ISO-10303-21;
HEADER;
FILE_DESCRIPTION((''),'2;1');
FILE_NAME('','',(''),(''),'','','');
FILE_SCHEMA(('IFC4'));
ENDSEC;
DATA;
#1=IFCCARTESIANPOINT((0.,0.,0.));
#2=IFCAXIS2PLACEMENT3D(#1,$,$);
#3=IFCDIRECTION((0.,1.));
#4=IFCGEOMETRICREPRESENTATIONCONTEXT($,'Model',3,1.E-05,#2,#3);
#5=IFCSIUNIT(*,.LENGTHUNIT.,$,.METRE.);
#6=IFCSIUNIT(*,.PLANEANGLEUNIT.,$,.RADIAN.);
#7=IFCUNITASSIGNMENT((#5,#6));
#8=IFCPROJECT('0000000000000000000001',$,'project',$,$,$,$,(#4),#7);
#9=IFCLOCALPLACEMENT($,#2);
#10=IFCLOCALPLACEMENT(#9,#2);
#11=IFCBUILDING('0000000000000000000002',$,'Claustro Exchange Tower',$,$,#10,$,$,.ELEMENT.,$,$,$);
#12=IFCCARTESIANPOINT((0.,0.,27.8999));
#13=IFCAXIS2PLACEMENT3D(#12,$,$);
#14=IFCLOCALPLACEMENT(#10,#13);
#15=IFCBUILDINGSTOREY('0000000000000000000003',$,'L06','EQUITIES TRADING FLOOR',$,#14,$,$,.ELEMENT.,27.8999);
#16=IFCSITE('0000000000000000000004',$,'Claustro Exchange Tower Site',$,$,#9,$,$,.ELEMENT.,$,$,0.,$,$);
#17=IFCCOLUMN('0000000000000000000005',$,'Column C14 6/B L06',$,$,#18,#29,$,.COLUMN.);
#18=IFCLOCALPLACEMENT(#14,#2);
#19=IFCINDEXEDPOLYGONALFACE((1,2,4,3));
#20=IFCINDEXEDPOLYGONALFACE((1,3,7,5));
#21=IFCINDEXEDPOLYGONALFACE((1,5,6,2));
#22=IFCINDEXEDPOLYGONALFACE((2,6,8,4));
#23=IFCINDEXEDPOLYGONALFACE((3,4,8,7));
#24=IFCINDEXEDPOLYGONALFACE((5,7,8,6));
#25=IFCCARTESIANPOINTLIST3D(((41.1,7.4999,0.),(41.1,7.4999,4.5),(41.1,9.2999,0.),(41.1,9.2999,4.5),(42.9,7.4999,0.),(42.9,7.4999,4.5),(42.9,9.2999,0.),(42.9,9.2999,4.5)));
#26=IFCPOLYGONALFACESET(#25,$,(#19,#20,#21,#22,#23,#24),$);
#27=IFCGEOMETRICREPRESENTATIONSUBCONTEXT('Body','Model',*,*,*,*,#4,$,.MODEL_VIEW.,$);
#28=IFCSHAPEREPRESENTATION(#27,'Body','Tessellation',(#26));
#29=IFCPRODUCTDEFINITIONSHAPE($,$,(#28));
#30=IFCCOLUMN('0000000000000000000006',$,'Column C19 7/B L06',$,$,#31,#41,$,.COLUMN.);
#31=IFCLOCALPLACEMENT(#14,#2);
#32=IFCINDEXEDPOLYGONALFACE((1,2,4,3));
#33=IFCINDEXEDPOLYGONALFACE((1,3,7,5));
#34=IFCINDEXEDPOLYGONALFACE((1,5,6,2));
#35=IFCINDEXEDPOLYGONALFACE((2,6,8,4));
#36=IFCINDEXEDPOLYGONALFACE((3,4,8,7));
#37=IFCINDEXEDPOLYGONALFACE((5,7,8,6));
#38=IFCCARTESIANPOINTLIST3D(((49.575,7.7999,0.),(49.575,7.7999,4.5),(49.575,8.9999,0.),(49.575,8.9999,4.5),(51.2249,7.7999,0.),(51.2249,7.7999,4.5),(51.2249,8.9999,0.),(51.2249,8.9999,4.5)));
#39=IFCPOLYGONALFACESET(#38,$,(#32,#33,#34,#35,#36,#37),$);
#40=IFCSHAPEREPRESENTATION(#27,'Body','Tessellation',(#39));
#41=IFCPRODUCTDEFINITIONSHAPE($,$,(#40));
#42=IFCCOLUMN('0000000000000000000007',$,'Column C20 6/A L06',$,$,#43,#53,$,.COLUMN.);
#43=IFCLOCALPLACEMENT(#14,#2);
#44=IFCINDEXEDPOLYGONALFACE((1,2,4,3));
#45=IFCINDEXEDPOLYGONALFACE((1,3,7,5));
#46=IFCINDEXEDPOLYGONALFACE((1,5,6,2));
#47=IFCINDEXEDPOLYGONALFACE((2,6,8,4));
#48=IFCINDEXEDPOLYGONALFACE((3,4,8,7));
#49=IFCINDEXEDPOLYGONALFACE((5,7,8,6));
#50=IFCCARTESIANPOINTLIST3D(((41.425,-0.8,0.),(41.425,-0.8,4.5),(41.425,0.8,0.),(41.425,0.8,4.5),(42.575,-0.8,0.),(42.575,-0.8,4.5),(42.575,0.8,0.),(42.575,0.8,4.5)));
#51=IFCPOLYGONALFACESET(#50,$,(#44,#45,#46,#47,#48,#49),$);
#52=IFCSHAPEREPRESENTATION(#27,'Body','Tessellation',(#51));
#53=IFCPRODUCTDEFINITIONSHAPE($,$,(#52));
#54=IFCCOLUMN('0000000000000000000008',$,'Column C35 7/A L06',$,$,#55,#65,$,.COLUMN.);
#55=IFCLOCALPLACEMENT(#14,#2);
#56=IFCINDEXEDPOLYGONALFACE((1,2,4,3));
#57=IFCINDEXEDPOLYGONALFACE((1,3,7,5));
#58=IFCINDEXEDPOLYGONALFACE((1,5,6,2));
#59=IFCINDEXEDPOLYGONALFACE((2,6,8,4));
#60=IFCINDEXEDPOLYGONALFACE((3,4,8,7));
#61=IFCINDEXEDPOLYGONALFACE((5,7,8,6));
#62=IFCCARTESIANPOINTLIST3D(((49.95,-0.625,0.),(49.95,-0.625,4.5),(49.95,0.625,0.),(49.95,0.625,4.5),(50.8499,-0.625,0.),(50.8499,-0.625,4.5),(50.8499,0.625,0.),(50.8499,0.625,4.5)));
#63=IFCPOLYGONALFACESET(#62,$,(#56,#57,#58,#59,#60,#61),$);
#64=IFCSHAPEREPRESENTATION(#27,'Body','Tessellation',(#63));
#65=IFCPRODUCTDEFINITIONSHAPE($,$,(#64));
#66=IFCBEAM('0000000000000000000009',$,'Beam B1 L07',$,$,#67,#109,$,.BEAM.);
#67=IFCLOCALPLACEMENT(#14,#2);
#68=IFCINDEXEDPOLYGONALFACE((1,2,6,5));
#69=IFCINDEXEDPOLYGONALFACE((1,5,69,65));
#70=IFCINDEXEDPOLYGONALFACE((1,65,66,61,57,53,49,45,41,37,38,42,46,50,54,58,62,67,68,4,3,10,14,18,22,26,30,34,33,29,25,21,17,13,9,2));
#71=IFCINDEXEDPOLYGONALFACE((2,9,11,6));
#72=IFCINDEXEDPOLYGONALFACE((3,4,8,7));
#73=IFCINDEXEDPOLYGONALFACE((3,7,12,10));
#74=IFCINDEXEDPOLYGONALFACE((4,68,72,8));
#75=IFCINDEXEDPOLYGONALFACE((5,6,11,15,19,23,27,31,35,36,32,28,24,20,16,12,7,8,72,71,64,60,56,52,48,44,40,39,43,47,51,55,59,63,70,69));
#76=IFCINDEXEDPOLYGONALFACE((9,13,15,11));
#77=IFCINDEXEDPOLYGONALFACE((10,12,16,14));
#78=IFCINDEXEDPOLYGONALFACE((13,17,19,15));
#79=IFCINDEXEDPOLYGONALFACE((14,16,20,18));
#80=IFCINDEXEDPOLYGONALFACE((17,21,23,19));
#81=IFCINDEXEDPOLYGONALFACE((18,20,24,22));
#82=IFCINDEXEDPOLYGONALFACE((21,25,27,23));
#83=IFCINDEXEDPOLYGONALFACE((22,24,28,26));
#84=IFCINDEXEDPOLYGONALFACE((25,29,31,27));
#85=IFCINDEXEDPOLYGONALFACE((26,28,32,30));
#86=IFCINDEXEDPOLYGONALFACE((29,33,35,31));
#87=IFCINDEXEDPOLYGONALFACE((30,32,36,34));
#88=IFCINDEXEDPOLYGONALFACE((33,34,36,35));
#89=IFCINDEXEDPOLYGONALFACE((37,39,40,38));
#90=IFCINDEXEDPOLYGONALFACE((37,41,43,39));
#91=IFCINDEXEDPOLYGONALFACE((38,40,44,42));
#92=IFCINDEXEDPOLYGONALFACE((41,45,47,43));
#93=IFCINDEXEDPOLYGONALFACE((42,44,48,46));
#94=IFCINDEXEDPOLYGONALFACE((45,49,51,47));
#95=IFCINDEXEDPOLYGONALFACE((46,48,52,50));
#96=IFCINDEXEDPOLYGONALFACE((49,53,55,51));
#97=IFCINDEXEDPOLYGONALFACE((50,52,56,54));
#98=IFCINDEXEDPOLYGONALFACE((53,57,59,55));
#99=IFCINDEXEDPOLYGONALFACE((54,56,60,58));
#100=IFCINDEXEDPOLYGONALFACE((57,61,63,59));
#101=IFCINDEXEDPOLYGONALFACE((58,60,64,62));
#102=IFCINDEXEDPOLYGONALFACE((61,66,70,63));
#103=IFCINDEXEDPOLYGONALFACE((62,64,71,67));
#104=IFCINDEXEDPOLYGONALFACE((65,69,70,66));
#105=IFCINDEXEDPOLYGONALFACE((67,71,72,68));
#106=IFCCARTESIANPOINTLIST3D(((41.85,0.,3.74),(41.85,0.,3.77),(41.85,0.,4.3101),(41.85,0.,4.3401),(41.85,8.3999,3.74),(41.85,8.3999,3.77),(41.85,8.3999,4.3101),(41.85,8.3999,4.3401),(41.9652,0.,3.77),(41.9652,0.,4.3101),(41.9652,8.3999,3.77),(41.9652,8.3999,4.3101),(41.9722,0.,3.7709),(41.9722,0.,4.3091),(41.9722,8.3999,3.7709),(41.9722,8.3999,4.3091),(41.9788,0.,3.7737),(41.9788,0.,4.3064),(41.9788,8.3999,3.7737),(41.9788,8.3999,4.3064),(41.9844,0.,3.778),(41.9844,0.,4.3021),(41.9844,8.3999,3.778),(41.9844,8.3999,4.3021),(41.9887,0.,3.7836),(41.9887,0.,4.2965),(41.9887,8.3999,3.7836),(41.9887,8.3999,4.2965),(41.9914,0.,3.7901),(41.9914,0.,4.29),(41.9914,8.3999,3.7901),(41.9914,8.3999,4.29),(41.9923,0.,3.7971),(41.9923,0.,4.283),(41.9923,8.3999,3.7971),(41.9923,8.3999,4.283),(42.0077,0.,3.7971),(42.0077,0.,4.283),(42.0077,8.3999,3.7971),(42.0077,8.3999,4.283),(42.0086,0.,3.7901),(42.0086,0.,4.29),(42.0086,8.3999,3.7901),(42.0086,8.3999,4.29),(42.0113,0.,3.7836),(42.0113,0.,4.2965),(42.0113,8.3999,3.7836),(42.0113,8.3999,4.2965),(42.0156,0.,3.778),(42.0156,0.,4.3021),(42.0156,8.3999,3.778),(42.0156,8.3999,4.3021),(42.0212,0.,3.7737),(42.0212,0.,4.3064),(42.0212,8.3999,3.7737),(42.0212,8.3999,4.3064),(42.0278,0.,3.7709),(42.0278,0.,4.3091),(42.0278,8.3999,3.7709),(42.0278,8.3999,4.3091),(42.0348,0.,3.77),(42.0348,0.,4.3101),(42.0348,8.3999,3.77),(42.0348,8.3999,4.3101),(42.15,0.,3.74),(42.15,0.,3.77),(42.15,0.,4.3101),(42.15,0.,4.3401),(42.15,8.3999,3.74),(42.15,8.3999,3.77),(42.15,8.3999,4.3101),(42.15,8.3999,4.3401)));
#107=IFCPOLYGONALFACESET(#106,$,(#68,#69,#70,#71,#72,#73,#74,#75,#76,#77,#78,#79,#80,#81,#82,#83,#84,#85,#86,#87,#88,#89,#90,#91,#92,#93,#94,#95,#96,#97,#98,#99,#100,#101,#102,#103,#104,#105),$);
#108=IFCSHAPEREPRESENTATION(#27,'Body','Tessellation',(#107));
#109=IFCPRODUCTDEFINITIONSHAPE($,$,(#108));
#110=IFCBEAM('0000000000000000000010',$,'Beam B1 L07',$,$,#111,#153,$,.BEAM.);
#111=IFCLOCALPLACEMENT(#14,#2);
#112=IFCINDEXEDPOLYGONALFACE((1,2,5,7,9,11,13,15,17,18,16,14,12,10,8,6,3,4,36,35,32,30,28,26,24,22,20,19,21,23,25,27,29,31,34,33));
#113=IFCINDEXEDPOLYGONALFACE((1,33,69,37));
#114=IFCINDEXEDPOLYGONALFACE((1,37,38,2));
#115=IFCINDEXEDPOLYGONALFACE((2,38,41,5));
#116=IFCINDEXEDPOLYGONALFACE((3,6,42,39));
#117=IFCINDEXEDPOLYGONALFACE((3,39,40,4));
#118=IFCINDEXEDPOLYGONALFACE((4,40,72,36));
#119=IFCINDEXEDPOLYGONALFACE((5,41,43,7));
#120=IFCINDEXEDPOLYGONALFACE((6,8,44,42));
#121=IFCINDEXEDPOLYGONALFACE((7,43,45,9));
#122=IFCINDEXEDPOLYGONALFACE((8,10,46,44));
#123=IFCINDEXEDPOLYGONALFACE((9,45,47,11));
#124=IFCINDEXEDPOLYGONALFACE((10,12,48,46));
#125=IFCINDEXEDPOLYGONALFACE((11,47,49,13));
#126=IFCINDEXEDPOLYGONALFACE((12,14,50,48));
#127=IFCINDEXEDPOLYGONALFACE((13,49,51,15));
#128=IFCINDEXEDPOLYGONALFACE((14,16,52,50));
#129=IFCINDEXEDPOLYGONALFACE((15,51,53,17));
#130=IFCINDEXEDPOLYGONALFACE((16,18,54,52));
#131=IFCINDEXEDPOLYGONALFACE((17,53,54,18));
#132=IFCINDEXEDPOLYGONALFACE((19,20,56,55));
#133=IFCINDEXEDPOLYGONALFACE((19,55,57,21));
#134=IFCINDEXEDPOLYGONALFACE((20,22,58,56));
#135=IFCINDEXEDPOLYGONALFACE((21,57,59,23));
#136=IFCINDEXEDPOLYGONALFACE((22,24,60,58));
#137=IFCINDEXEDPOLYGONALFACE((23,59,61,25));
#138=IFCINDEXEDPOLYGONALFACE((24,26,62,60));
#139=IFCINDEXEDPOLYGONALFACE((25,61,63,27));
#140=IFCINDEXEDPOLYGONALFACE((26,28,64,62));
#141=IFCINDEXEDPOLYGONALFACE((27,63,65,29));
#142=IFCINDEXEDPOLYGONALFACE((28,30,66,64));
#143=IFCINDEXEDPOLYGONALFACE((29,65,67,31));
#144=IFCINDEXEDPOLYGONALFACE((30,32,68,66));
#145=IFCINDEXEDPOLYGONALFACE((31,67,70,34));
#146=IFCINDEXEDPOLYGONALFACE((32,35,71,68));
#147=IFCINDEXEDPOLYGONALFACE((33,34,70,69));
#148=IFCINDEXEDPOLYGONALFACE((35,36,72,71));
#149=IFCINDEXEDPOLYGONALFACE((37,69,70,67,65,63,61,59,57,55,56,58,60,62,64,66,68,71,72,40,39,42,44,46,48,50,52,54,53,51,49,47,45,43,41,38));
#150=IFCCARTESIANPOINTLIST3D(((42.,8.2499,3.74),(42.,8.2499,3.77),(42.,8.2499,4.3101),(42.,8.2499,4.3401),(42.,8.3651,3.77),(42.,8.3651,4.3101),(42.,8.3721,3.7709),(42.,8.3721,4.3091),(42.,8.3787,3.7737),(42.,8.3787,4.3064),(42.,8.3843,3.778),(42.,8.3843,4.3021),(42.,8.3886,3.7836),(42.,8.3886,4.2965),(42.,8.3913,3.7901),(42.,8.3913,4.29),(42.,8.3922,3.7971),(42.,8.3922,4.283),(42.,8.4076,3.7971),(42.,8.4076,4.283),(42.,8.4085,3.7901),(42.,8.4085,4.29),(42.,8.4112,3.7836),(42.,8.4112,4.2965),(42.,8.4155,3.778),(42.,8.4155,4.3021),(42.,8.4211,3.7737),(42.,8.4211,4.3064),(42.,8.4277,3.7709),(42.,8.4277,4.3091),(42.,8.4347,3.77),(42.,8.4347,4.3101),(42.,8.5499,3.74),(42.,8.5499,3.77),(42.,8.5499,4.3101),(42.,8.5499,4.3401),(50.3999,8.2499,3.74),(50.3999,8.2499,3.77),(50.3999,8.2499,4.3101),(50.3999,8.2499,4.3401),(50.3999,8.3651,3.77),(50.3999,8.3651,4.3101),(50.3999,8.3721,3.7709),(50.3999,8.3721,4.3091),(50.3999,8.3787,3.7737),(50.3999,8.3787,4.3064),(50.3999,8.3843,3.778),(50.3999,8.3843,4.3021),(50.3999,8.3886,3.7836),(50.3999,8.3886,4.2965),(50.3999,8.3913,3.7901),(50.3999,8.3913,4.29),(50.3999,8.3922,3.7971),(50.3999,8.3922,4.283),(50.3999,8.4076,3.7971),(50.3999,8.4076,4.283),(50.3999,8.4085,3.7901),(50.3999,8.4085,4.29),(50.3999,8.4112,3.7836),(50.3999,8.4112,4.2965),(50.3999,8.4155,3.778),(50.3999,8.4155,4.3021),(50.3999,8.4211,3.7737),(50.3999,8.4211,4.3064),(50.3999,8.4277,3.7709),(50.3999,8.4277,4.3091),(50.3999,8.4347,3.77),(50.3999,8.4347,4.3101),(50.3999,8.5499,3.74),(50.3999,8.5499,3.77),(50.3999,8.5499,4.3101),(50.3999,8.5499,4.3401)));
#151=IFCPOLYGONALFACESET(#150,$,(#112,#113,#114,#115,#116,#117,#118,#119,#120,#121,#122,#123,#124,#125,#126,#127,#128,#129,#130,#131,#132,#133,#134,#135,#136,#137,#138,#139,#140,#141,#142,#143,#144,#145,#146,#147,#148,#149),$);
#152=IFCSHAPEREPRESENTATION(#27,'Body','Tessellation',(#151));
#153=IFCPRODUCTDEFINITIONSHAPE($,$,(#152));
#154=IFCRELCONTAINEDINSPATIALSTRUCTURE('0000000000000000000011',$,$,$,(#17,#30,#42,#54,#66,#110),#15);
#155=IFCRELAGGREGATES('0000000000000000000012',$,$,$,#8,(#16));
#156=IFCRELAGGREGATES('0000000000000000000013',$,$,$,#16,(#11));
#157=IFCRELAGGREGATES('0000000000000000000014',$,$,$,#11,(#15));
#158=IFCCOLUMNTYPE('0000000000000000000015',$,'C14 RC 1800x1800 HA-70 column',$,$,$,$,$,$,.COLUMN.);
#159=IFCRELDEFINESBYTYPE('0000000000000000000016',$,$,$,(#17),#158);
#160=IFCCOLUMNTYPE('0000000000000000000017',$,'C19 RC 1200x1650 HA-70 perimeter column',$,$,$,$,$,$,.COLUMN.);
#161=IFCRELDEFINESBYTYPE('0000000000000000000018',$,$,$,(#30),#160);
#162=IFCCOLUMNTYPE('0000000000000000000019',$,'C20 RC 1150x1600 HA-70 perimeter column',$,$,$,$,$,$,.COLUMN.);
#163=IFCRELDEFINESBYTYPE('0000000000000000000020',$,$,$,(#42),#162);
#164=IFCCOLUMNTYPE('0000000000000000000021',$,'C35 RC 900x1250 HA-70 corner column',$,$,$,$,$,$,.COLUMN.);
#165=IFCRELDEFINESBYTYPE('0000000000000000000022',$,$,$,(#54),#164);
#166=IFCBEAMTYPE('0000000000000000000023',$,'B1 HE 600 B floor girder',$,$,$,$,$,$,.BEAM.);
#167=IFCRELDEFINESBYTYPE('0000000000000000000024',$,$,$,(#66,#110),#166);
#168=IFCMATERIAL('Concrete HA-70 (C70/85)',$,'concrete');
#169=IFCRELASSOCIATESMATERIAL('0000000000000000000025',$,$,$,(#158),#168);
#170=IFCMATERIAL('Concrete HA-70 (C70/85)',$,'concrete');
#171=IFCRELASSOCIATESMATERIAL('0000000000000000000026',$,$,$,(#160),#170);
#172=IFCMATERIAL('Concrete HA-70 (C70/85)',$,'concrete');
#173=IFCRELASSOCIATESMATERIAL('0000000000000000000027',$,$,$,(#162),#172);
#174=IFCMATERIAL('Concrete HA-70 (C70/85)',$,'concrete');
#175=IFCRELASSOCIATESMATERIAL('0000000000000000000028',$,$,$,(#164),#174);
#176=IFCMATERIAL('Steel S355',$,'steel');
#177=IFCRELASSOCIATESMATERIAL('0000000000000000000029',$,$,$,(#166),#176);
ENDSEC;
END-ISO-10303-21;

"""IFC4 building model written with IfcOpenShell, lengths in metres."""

from ifc_helpers import new_model, si_unit, direction, frame, origin, origin_2d, place, context, subcontext, project, spatial, rectangle, i_section, extrude, material, material_profile, profile_set, type_object, element, save


model = new_model("IFC4")

# Units and contexts
model_context = context("Model", 3, precision=1e-05, world=origin(), true_north=direction((0.0, 1.0)))
body_context = subcontext(model_context, "Body", "Model", "MODEL_VIEW")
ifc_project = project(units=[si_unit("LENGTHUNIT", "METRE"), si_unit("PLANEANGLEUNIT", "RADIAN")], contexts=[model_context])

# Site, building, storey
site_placement = place(None, origin())
site = spatial("IfcSite", under=ifc_project, at=site_placement, Name="Claustro Exchange Tower Site", CompositionType="ELEMENT", RefElevation=0.0)
building_placement = place(site_placement, origin())
building = spatial("IfcBuilding", under=site, at=building_placement, Name="Claustro Exchange Tower", CompositionType="ELEMENT")
storey_placement = place(building_placement, frame((0.0, 0.0, 27.8999)))
storey = spatial("IfcBuildingStorey", under=building, at=storey_placement, Name="L06", Description="EQUITIES TRADING FLOOR", CompositionType="ELEMENT", Elevation=27.8999)

# Columns
ifc_material_1 = material(Name="Concrete HA-70 (C70/85)", Category="concrete")
ifc_material_profile_1 = material_profile(ifc_material_1, rectangle(XDim=1.8, YDim=1.8, at=origin_2d()), Name="RC 1800x1800")
ifc_profile_set_1 = profile_set([ifc_material_profile_1], Name="Concrete HA-70 (C70/85)")
column_type_1 = type_object("IfcColumnType", Name="C14 RC 1800x1800 HA-70 column", PredefinedType="COLUMN", material=ifc_profile_set_1)
column_1_placement = place(storey_placement, frame((42.0, 8.3999, 0.0), z_axis=(0.0, 0.0, 1.0), x_axis=(1.0, 0.0, 0.0)))
element("IfcColumn", 1, at=column_1_placement, inside=storey, type_object=column_type_1, Name="Column C14 6/B L06", PredefinedType="COLUMN", context=body_context, shape_type="SweptSolid", body=[
    extrude(rectangle(XDim=1.8, YDim=1.8, at=origin_2d()), origin(), (0.0, 0.0, 1.0), 4.5),
])
ifc_material_2 = material(Name="Concrete HA-70 (C70/85)", Category="concrete")
ifc_material_profile_2 = material_profile(ifc_material_2, rectangle(XDim=1.2, YDim=1.6499, at=origin_2d()), Name="RC 1200x1650")
ifc_profile_set_2 = profile_set([ifc_material_profile_2], Name="Concrete HA-70 (C70/85)")
column_type_2 = type_object("IfcColumnType", Name="C19 RC 1200x1650 HA-70 perimeter column", PredefinedType="COLUMN", material=ifc_profile_set_2)
column_2_placement = place(storey_placement, frame((50.3999, 8.3999, 0.0), z_axis=(0.0, 0.0, 1.0), x_axis=(0.0, 1.0, 0.0)))
element("IfcColumn", 2, at=column_2_placement, inside=storey, type_object=column_type_2, Name="Column C19 7/B L06", PredefinedType="COLUMN", context=body_context, shape_type="SweptSolid", body=[
    extrude(rectangle(XDim=1.2, YDim=1.6499, at=origin_2d()), origin(), (0.0, 0.0, 1.0), 4.5),
])
ifc_material_3 = material(Name="Concrete HA-70 (C70/85)", Category="concrete")
ifc_material_profile_3 = material_profile(ifc_material_3, rectangle(XDim=1.1499, YDim=1.6001, at=origin_2d()), Name="RC 1150x1600")
ifc_profile_set_3 = profile_set([ifc_material_profile_3], Name="Concrete HA-70 (C70/85)")
column_type_3 = type_object("IfcColumnType", Name="C20 RC 1150x1600 HA-70 perimeter column", PredefinedType="COLUMN", material=ifc_profile_set_3)
column_3_placement = place(storey_placement, frame((42.0, 0.0, 0.0), z_axis=(0.0, 0.0, 1.0), x_axis=(1.0, 0.0, 0.0)))
element("IfcColumn", 3, at=column_3_placement, inside=storey, type_object=column_type_3, Name="Column C20 6/A L06", PredefinedType="COLUMN", context=body_context, shape_type="SweptSolid", body=[
    extrude(rectangle(XDim=1.1499, YDim=1.6001, at=origin_2d()), origin(), (0.0, 0.0, 1.0), 4.5),
])
ifc_material_4 = material(Name="Concrete HA-70 (C70/85)", Category="concrete")
ifc_material_profile_4 = material_profile(ifc_material_4, rectangle(XDim=0.8999, YDim=1.25, at=origin_2d()), Name="RC 900x1250")
ifc_profile_set_4 = profile_set([ifc_material_profile_4], Name="Concrete HA-70 (C70/85)")
column_type_4 = type_object("IfcColumnType", Name="C35 RC 900x1250 HA-70 corner column", PredefinedType="COLUMN", material=ifc_profile_set_4)
column_4_placement = place(storey_placement, frame((50.3999, 0.0, 0.0), z_axis=(0.0, 0.0, 1.0), x_axis=(1.0, 0.0, 0.0)))
element("IfcColumn", 4, at=column_4_placement, inside=storey, type_object=column_type_4, Name="Column C35 7/A L06", PredefinedType="COLUMN", context=body_context, shape_type="SweptSolid", body=[
    extrude(rectangle(XDim=0.8999, YDim=1.25, at=origin_2d()), origin(), (0.0, 0.0, 1.0), 4.5),
])

# Beams
ifc_material_5 = material(Name="Steel S355", Category="steel")
ifc_material_profile_5 = material_profile(ifc_material_5, i_section(OverallWidth=0.3, OverallDepth=0.6001, WebThickness=0.0154, FlangeThickness=0.03, FilletRadius=0.0271, at=origin_2d()), Name="HE 600 B")
ifc_profile_set_5 = profile_set([ifc_material_profile_5], Name="Steel S355")
beam_type_1 = type_object("IfcBeamType", Name="B1 HE 600 B floor girder", PredefinedType="BEAM", material=ifc_profile_set_5)
for number, where, z_axis, x_axis, name in (
    (5, (42.0, 0.0, 4.04), (0.0, 1.0, 0.0), (-1.0, 0.0, 0.0), "Beam B1 L07"),
    (6, (42.0, 8.3999, 4.04), (1.0, 0.0, 0.0), (0.0, 1.0, 0.0), "Beam B1 L07"),
):
    element("IfcBeam", number, at=place(storey_placement, frame(where, z_axis=z_axis, x_axis=x_axis)), inside=storey, type_object=beam_type_1, Name=name, PredefinedType="BEAM", context=body_context, shape_type="SweptSolid", body=[
        extrude(i_section(OverallWidth=0.3, OverallDepth=0.6001, WebThickness=0.0154, FlangeThickness=0.03, FilletRadius=0.0271, at=origin_2d()), origin(), (0.0, 0.0, 1.0), 8.3999),
    ])

save(model, "model.ifc")
